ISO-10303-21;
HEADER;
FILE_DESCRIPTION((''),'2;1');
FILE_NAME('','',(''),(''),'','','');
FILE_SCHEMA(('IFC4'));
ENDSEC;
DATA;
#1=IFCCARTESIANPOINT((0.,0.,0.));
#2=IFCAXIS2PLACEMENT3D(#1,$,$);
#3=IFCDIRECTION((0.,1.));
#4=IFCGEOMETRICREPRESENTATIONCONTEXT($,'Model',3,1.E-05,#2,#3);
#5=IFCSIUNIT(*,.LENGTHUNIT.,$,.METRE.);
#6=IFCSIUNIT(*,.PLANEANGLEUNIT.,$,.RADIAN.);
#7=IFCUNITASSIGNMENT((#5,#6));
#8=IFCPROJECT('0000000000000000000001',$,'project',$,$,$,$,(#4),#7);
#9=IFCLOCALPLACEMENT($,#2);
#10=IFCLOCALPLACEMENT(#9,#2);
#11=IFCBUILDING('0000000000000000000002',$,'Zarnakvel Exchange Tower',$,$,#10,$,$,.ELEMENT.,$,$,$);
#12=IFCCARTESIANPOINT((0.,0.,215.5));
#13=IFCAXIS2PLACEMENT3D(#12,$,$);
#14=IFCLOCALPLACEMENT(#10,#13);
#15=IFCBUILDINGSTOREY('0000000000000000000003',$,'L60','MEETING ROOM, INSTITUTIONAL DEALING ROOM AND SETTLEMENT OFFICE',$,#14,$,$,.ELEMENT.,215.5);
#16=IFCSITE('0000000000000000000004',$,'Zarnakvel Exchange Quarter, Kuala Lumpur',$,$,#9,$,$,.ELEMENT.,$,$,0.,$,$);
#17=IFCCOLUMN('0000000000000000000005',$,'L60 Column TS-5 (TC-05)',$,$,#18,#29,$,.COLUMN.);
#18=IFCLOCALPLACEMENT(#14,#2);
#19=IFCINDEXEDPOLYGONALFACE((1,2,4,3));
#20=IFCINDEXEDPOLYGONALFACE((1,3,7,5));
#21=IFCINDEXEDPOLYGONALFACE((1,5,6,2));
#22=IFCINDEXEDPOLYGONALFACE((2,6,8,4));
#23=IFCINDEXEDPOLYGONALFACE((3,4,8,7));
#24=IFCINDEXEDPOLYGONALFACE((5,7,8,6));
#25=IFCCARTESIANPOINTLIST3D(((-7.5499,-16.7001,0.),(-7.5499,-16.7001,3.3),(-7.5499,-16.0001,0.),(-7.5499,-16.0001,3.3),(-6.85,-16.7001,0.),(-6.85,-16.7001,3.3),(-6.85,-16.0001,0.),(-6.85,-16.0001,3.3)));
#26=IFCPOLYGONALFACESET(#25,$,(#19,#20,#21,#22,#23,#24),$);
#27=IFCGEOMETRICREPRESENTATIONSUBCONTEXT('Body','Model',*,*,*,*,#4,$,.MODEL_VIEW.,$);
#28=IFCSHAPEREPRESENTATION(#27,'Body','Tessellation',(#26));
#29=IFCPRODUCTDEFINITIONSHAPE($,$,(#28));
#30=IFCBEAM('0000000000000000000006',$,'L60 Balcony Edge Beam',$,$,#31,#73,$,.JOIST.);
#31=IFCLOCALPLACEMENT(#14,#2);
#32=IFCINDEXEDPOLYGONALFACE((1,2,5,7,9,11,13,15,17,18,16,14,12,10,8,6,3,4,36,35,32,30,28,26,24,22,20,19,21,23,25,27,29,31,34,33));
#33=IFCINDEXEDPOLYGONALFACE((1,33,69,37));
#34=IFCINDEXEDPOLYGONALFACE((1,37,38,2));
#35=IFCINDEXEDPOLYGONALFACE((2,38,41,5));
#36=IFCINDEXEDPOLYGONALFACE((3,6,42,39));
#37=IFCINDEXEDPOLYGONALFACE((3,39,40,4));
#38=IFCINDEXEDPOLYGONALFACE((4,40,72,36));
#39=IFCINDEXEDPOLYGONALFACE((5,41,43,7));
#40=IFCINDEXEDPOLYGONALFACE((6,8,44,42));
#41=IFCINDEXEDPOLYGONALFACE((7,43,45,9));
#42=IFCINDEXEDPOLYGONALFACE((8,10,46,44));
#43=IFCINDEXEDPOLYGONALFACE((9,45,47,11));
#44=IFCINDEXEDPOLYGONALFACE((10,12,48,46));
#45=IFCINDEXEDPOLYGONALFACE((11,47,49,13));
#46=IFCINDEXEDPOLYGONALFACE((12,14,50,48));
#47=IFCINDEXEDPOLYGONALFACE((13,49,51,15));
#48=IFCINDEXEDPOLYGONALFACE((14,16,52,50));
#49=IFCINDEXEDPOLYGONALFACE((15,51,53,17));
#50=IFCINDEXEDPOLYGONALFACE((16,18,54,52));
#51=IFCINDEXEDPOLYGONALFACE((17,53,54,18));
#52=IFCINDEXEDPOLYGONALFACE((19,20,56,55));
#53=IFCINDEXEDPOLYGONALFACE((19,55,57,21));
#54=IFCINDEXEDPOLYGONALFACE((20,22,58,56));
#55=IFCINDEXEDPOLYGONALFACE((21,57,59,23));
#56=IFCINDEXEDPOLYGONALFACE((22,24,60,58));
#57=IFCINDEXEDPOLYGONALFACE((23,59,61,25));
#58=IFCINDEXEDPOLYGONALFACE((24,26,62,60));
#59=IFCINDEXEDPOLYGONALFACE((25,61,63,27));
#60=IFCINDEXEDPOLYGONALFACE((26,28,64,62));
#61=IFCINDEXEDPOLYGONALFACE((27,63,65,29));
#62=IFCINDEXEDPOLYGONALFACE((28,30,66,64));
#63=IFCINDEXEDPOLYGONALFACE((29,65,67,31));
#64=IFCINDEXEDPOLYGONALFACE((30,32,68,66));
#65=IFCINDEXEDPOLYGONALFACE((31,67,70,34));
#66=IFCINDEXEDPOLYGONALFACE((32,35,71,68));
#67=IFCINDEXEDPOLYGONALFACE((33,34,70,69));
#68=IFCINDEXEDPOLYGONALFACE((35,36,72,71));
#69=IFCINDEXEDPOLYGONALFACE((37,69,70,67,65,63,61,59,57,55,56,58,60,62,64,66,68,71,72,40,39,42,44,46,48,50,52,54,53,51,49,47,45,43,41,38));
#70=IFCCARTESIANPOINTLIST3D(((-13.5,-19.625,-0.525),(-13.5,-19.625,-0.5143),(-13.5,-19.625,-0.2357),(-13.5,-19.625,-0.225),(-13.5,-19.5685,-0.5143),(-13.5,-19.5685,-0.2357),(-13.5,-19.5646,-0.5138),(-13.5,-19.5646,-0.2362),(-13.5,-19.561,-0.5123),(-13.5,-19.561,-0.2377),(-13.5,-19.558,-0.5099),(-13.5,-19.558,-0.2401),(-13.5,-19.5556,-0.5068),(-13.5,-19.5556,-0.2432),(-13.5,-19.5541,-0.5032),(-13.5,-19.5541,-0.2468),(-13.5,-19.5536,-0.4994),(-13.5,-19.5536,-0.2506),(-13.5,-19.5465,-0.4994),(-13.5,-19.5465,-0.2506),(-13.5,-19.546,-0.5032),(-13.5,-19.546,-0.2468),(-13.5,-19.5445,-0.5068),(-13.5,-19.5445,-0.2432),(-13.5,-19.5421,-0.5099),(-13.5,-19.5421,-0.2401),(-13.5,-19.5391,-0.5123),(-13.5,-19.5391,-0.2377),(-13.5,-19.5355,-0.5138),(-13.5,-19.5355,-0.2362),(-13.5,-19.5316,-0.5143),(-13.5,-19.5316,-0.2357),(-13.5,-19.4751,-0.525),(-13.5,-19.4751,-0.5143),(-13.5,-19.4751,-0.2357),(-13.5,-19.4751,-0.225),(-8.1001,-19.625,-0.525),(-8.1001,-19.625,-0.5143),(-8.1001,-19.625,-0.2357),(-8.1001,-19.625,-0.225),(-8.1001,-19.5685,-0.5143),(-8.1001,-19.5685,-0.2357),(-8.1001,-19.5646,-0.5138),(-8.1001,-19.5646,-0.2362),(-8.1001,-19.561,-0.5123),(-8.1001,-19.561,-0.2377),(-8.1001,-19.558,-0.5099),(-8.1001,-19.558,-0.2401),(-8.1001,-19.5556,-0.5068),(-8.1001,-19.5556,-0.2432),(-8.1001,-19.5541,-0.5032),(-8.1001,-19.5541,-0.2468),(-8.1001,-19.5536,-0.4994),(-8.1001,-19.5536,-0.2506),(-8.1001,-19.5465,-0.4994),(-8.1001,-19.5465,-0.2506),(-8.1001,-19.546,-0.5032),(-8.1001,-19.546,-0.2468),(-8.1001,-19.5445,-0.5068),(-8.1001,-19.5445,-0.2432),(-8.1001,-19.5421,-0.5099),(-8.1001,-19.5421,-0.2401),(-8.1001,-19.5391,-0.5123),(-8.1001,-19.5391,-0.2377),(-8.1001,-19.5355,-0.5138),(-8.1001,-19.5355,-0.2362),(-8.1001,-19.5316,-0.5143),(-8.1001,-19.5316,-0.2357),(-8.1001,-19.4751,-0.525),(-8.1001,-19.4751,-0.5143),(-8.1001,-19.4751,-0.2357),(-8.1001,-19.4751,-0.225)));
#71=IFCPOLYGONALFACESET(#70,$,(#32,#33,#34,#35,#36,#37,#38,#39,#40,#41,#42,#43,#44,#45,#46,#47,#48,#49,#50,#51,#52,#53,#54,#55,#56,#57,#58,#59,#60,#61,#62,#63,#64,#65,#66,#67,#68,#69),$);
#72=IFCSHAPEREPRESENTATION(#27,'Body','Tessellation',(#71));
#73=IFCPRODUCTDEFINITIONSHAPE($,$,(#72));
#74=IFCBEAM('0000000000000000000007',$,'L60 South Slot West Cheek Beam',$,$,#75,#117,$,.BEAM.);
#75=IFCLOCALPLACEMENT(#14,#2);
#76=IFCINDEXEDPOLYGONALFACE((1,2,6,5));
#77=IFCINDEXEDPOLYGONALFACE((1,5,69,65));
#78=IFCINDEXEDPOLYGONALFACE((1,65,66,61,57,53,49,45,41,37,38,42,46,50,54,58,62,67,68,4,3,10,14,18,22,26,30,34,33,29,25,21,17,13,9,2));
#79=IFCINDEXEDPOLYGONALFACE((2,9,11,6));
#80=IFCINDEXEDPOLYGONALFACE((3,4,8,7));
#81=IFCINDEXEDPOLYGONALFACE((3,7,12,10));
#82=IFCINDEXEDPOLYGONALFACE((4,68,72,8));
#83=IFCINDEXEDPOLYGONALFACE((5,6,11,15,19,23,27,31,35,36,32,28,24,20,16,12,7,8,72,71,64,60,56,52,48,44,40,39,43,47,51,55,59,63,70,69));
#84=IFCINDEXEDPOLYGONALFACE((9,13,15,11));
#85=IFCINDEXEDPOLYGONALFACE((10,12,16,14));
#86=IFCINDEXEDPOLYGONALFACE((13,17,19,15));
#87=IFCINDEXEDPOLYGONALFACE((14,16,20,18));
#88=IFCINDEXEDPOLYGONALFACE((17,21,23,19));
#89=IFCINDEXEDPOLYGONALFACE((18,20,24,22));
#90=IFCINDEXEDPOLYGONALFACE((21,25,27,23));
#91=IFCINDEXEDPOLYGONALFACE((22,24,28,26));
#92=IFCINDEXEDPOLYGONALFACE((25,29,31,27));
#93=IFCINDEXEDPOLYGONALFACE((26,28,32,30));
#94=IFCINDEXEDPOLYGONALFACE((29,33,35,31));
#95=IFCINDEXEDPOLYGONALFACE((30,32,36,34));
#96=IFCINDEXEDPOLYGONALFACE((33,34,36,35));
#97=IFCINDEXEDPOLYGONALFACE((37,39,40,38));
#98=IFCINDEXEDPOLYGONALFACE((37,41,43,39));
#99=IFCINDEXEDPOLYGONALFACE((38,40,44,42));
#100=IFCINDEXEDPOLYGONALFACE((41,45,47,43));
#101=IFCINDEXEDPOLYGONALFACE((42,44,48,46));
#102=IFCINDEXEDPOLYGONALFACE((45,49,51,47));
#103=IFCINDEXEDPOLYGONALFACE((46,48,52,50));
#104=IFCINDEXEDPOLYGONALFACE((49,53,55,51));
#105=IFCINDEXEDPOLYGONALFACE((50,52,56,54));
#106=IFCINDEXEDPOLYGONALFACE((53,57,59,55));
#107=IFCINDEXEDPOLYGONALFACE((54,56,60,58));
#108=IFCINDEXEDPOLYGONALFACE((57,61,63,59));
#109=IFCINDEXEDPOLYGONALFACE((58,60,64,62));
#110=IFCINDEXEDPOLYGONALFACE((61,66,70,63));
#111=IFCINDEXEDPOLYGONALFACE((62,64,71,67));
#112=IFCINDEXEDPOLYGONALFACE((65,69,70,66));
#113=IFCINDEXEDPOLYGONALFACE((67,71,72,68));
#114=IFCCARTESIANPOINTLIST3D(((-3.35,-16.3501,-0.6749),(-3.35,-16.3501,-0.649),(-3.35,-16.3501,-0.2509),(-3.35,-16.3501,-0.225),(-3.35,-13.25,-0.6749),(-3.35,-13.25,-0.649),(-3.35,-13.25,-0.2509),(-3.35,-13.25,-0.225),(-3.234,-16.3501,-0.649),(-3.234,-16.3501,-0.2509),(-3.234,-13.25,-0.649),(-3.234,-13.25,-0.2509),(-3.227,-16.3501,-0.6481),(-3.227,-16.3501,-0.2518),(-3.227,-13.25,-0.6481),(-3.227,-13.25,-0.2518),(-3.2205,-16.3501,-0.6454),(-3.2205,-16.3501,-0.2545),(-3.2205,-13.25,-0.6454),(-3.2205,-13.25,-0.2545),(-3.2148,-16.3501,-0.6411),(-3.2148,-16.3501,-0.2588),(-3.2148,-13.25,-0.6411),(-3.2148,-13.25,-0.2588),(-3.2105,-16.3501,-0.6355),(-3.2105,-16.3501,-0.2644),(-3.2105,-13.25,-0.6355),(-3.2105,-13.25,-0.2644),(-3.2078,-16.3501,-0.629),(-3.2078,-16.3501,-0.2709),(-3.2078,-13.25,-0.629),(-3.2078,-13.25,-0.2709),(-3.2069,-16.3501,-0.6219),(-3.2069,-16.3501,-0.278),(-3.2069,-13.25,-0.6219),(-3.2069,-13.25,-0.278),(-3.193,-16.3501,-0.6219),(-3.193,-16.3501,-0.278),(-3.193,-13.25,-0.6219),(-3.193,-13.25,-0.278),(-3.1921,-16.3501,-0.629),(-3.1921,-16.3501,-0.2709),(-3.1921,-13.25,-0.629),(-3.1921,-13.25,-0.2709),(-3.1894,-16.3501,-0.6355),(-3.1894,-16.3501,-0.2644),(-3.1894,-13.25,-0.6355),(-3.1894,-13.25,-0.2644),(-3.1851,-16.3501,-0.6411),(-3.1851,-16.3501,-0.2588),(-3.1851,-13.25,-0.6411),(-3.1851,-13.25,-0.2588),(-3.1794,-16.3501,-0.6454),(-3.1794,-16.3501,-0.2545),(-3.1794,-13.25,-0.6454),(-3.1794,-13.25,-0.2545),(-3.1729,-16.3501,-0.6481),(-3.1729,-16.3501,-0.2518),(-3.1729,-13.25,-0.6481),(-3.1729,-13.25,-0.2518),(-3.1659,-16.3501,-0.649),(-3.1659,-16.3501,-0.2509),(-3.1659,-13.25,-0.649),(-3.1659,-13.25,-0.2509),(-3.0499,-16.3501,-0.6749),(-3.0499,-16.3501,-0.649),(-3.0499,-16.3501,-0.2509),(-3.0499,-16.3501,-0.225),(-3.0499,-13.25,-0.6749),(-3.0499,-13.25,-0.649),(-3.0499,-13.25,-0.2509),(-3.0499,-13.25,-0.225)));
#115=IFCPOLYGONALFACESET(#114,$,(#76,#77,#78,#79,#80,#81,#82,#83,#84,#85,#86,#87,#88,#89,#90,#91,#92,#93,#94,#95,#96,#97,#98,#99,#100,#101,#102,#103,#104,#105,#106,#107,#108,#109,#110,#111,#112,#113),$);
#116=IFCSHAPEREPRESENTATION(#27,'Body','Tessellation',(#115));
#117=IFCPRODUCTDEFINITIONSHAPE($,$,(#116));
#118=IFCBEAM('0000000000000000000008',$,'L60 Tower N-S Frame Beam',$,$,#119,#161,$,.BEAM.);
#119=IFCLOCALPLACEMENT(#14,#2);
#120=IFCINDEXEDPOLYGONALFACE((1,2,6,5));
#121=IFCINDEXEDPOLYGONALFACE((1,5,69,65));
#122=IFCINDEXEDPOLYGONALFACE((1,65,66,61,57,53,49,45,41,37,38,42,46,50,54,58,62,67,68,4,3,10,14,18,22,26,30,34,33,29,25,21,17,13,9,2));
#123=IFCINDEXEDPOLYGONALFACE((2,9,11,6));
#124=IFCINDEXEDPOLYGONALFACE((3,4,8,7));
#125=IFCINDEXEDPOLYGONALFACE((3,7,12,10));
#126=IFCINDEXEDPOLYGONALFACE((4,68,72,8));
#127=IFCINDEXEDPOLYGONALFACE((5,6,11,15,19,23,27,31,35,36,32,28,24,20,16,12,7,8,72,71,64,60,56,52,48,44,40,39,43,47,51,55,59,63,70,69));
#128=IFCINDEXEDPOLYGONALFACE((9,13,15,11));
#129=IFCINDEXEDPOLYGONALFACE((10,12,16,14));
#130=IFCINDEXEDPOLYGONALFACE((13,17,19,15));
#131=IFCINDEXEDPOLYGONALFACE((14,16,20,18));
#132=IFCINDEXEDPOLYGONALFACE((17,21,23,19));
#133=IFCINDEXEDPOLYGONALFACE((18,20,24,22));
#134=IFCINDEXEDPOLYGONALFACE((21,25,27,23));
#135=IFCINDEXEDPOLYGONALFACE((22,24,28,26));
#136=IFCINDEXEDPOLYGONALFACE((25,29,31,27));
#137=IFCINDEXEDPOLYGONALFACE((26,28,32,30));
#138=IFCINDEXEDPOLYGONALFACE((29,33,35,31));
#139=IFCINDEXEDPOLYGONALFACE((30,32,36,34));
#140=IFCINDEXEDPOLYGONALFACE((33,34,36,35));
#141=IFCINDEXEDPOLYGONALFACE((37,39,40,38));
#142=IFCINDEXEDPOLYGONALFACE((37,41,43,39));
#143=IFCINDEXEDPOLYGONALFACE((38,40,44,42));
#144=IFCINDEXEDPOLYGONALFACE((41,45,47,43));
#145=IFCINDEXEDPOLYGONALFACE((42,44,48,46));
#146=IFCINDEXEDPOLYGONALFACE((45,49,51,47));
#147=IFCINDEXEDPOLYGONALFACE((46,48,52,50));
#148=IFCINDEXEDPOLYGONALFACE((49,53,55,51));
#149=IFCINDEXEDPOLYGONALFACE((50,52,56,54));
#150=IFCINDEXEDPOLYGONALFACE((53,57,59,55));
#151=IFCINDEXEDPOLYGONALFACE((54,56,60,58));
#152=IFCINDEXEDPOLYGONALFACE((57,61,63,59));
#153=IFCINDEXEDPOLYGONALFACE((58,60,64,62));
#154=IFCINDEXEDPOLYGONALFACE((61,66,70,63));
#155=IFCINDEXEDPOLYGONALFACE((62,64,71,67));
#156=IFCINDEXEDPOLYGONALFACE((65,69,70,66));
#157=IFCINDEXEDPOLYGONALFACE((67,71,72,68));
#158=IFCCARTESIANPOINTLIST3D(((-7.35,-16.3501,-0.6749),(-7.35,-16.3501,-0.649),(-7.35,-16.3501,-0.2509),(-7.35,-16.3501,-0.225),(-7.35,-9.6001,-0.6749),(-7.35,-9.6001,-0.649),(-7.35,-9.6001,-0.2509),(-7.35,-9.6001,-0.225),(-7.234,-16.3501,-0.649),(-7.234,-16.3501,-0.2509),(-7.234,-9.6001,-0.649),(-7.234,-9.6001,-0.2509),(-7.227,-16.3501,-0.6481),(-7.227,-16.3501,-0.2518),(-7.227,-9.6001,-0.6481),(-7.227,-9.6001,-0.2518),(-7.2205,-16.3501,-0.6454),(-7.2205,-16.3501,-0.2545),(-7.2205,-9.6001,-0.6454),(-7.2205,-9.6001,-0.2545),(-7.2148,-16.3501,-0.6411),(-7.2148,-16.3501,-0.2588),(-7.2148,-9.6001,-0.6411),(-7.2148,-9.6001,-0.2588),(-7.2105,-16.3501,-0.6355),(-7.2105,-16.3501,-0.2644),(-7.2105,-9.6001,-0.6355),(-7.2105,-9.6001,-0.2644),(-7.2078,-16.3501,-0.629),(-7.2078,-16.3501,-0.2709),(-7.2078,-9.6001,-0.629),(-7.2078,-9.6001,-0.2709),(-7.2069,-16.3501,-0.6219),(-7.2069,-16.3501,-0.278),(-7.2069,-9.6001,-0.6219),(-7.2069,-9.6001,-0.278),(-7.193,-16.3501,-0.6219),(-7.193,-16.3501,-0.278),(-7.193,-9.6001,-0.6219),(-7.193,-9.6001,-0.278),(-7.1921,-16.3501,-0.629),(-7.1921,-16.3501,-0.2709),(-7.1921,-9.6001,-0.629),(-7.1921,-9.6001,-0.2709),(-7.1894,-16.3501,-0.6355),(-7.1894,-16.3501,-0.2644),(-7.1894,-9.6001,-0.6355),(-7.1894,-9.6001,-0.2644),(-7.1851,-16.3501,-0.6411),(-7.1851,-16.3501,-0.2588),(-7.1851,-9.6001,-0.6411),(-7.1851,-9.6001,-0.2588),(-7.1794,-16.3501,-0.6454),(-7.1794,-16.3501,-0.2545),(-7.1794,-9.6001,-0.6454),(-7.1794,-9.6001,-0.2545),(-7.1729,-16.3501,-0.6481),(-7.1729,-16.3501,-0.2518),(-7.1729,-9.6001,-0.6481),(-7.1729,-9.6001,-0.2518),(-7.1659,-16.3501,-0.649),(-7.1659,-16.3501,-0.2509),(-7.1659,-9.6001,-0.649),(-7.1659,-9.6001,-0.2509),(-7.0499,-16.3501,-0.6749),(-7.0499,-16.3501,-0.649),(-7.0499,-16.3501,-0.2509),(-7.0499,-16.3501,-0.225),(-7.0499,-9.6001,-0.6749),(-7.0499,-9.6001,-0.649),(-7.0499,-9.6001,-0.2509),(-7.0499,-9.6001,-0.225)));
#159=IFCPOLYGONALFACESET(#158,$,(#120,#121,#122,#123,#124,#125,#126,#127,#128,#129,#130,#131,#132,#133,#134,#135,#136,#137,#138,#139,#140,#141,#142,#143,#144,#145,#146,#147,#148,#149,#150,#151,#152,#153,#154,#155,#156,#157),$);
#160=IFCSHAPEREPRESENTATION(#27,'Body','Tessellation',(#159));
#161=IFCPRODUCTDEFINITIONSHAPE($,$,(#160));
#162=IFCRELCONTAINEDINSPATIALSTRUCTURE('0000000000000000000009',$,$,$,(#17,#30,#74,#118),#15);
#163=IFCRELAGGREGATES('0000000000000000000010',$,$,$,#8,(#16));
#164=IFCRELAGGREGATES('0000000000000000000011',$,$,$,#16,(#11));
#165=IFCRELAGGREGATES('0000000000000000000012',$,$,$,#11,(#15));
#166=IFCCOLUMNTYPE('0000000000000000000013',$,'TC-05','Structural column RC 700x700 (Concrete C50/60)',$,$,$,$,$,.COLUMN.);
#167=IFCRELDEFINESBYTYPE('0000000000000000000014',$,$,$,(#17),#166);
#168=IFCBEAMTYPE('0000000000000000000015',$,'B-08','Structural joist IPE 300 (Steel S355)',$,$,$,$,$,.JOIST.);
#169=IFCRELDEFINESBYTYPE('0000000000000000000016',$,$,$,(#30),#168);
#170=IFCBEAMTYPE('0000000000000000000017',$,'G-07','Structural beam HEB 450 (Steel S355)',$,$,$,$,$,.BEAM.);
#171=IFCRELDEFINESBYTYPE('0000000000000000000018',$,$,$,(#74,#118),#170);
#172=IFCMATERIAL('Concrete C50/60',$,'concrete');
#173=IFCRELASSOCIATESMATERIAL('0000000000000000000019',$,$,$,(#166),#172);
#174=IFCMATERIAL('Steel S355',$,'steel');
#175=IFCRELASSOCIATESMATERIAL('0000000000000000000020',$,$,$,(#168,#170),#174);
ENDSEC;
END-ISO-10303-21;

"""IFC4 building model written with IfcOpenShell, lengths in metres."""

from ifc_helpers import new_model, si_unit, direction, frame, origin, origin_2d, place, context, subcontext, project, spatial, rectangle, i_section, extrude, material, material_profile, profile_set, type_object, element, save


model = new_model("IFC4")

# Units and contexts
model_context = context("Model", 3, precision=1e-05, world=origin(), true_north=direction((0.0, 1.0)))
body_context = subcontext(model_context, "Body", "Model", "MODEL_VIEW")
ifc_project = project(units=[si_unit("LENGTHUNIT", "METRE"), si_unit("PLANEANGLEUNIT", "RADIAN")], contexts=[model_context])

# Site, building, storey
site_placement = place(None, origin())
site = spatial("IfcSite", under=ifc_project, at=site_placement, Name="Zarnakvel Exchange Quarter, Kuala Lumpur", CompositionType="ELEMENT", RefElevation=0.0)
building_placement = place(site_placement, origin())
building = spatial("IfcBuilding", under=site, at=building_placement, Name="Zarnakvel Exchange Tower", CompositionType="ELEMENT")
storey_placement = place(building_placement, frame((0.0, 0.0, 215.5)))
storey = spatial("IfcBuildingStorey", under=building, at=storey_placement, Name="L60", Description="MEETING ROOM, INSTITUTIONAL DEALING ROOM AND SETTLEMENT OFFICE", CompositionType="ELEMENT", Elevation=215.5)

# Column
ifc_material_1 = material(Name="Concrete C50/60", Category="concrete")
ifc_material_profile_1 = material_profile(ifc_material_1, rectangle(XDim=0.7, YDim=0.7, at=origin_2d()))
ifc_profile_set_1 = profile_set([ifc_material_profile_1], Name="Concrete C50/60")
column_type = type_object("IfcColumnType", Name="TC-05", Description="Structural column RC 700x700 (Concrete C50/60)", PredefinedType="COLUMN", material=ifc_profile_set_1)
column_placement = place(storey_placement, frame((-7.2, -16.3501, 0.0), z_axis=(0.0, 0.0, 1.0), x_axis=(1.0, 0.0, 0.0)))
element("IfcColumn", 1, at=column_placement, inside=storey, type_object=column_type, Name="L60 Column TS-5 (TC-05)", PredefinedType="COLUMN", context=body_context, shape_type="SweptSolid", body=[
    extrude(rectangle(XDim=0.7, YDim=0.7, at=origin_2d()), origin(), (0.0, 0.0, 1.0), 3.3),
])

# Beams
ifc_material_2 = material(Name="Steel S355", Category="steel")
ifc_material_profile_2 = material_profile(ifc_material_2, i_section(OverallWidth=0.1499, OverallDepth=0.3, WebThickness=0.0071, FlangeThickness=0.0107, FilletRadius=0.0149, at=origin_2d()))
ifc_profile_set_2 = profile_set([ifc_material_profile_2], Name="Steel S355")
beam_type_1 = type_object("IfcBeamType", Name="B-08", Description="Structural joist IPE 300 (Steel S355)", PredefinedType="JOIST", material=ifc_profile_set_2)
beam_1_placement = place(storey_placement, frame((-13.5, -19.55, -0.375), z_axis=(1.0, 0.0, 0.0), x_axis=(0.0, 1.0, 0.0)))
element("IfcBeam", 2, at=beam_1_placement, inside=storey, type_object=beam_type_1, Name="L60 Balcony Edge Beam", PredefinedType="JOIST", context=body_context, shape_type="SweptSolid", body=[
    extrude(i_section(OverallWidth=0.1499, OverallDepth=0.3, WebThickness=0.0071, FlangeThickness=0.0107, FilletRadius=0.0149, at=origin_2d()), origin(), (0.0, 0.0, 1.0), 5.3999),
])
ifc_material_profile_3 = material_profile(ifc_material_2, i_section(OverallWidth=0.3, OverallDepth=0.45, WebThickness=0.0139, FlangeThickness=0.0259, FilletRadius=0.0271, at=origin_2d()))
ifc_profile_set_3 = profile_set([ifc_material_profile_3], Name="Steel S355")
beam_type_2 = type_object("IfcBeamType", Name="G-07", Description="Structural beam HEB 450 (Steel S355)", PredefinedType="BEAM", material=ifc_profile_set_3)
beam_2_placement = place(storey_placement, frame((-3.2, -16.3501, -0.45), z_axis=(0.0, 1.0, 0.0), x_axis=(-1.0, 0.0, 0.0)))
element("IfcBeam", 3, at=beam_2_placement, inside=storey, type_object=beam_type_2, Name="L60 South Slot West Cheek Beam", PredefinedType="BEAM", context=body_context, shape_type="SweptSolid", body=[
    extrude(i_section(OverallWidth=0.3, OverallDepth=0.45, WebThickness=0.0139, FlangeThickness=0.0259, FilletRadius=0.0271, at=origin_2d()), origin(), (0.0, 0.0, 1.0), 3.1001),
])
beam_3_placement = place(storey_placement, frame((-7.2, -16.3501, -0.45), z_axis=(0.0, 1.0, 0.0), x_axis=(-1.0, 0.0, 0.0)))
element("IfcBeam", 4, at=beam_3_placement, inside=storey, type_object=beam_type_2, Name="L60 Tower N-S Frame Beam", PredefinedType="BEAM", context=body_context, shape_type="SweptSolid", body=[
    extrude(i_section(OverallWidth=0.3, OverallDepth=0.45, WebThickness=0.0139, FlangeThickness=0.0259, FilletRadius=0.0271, at=origin_2d()), origin(), (0.0, 0.0, 1.0), 6.75),
])

save(model, "model.ifc")
